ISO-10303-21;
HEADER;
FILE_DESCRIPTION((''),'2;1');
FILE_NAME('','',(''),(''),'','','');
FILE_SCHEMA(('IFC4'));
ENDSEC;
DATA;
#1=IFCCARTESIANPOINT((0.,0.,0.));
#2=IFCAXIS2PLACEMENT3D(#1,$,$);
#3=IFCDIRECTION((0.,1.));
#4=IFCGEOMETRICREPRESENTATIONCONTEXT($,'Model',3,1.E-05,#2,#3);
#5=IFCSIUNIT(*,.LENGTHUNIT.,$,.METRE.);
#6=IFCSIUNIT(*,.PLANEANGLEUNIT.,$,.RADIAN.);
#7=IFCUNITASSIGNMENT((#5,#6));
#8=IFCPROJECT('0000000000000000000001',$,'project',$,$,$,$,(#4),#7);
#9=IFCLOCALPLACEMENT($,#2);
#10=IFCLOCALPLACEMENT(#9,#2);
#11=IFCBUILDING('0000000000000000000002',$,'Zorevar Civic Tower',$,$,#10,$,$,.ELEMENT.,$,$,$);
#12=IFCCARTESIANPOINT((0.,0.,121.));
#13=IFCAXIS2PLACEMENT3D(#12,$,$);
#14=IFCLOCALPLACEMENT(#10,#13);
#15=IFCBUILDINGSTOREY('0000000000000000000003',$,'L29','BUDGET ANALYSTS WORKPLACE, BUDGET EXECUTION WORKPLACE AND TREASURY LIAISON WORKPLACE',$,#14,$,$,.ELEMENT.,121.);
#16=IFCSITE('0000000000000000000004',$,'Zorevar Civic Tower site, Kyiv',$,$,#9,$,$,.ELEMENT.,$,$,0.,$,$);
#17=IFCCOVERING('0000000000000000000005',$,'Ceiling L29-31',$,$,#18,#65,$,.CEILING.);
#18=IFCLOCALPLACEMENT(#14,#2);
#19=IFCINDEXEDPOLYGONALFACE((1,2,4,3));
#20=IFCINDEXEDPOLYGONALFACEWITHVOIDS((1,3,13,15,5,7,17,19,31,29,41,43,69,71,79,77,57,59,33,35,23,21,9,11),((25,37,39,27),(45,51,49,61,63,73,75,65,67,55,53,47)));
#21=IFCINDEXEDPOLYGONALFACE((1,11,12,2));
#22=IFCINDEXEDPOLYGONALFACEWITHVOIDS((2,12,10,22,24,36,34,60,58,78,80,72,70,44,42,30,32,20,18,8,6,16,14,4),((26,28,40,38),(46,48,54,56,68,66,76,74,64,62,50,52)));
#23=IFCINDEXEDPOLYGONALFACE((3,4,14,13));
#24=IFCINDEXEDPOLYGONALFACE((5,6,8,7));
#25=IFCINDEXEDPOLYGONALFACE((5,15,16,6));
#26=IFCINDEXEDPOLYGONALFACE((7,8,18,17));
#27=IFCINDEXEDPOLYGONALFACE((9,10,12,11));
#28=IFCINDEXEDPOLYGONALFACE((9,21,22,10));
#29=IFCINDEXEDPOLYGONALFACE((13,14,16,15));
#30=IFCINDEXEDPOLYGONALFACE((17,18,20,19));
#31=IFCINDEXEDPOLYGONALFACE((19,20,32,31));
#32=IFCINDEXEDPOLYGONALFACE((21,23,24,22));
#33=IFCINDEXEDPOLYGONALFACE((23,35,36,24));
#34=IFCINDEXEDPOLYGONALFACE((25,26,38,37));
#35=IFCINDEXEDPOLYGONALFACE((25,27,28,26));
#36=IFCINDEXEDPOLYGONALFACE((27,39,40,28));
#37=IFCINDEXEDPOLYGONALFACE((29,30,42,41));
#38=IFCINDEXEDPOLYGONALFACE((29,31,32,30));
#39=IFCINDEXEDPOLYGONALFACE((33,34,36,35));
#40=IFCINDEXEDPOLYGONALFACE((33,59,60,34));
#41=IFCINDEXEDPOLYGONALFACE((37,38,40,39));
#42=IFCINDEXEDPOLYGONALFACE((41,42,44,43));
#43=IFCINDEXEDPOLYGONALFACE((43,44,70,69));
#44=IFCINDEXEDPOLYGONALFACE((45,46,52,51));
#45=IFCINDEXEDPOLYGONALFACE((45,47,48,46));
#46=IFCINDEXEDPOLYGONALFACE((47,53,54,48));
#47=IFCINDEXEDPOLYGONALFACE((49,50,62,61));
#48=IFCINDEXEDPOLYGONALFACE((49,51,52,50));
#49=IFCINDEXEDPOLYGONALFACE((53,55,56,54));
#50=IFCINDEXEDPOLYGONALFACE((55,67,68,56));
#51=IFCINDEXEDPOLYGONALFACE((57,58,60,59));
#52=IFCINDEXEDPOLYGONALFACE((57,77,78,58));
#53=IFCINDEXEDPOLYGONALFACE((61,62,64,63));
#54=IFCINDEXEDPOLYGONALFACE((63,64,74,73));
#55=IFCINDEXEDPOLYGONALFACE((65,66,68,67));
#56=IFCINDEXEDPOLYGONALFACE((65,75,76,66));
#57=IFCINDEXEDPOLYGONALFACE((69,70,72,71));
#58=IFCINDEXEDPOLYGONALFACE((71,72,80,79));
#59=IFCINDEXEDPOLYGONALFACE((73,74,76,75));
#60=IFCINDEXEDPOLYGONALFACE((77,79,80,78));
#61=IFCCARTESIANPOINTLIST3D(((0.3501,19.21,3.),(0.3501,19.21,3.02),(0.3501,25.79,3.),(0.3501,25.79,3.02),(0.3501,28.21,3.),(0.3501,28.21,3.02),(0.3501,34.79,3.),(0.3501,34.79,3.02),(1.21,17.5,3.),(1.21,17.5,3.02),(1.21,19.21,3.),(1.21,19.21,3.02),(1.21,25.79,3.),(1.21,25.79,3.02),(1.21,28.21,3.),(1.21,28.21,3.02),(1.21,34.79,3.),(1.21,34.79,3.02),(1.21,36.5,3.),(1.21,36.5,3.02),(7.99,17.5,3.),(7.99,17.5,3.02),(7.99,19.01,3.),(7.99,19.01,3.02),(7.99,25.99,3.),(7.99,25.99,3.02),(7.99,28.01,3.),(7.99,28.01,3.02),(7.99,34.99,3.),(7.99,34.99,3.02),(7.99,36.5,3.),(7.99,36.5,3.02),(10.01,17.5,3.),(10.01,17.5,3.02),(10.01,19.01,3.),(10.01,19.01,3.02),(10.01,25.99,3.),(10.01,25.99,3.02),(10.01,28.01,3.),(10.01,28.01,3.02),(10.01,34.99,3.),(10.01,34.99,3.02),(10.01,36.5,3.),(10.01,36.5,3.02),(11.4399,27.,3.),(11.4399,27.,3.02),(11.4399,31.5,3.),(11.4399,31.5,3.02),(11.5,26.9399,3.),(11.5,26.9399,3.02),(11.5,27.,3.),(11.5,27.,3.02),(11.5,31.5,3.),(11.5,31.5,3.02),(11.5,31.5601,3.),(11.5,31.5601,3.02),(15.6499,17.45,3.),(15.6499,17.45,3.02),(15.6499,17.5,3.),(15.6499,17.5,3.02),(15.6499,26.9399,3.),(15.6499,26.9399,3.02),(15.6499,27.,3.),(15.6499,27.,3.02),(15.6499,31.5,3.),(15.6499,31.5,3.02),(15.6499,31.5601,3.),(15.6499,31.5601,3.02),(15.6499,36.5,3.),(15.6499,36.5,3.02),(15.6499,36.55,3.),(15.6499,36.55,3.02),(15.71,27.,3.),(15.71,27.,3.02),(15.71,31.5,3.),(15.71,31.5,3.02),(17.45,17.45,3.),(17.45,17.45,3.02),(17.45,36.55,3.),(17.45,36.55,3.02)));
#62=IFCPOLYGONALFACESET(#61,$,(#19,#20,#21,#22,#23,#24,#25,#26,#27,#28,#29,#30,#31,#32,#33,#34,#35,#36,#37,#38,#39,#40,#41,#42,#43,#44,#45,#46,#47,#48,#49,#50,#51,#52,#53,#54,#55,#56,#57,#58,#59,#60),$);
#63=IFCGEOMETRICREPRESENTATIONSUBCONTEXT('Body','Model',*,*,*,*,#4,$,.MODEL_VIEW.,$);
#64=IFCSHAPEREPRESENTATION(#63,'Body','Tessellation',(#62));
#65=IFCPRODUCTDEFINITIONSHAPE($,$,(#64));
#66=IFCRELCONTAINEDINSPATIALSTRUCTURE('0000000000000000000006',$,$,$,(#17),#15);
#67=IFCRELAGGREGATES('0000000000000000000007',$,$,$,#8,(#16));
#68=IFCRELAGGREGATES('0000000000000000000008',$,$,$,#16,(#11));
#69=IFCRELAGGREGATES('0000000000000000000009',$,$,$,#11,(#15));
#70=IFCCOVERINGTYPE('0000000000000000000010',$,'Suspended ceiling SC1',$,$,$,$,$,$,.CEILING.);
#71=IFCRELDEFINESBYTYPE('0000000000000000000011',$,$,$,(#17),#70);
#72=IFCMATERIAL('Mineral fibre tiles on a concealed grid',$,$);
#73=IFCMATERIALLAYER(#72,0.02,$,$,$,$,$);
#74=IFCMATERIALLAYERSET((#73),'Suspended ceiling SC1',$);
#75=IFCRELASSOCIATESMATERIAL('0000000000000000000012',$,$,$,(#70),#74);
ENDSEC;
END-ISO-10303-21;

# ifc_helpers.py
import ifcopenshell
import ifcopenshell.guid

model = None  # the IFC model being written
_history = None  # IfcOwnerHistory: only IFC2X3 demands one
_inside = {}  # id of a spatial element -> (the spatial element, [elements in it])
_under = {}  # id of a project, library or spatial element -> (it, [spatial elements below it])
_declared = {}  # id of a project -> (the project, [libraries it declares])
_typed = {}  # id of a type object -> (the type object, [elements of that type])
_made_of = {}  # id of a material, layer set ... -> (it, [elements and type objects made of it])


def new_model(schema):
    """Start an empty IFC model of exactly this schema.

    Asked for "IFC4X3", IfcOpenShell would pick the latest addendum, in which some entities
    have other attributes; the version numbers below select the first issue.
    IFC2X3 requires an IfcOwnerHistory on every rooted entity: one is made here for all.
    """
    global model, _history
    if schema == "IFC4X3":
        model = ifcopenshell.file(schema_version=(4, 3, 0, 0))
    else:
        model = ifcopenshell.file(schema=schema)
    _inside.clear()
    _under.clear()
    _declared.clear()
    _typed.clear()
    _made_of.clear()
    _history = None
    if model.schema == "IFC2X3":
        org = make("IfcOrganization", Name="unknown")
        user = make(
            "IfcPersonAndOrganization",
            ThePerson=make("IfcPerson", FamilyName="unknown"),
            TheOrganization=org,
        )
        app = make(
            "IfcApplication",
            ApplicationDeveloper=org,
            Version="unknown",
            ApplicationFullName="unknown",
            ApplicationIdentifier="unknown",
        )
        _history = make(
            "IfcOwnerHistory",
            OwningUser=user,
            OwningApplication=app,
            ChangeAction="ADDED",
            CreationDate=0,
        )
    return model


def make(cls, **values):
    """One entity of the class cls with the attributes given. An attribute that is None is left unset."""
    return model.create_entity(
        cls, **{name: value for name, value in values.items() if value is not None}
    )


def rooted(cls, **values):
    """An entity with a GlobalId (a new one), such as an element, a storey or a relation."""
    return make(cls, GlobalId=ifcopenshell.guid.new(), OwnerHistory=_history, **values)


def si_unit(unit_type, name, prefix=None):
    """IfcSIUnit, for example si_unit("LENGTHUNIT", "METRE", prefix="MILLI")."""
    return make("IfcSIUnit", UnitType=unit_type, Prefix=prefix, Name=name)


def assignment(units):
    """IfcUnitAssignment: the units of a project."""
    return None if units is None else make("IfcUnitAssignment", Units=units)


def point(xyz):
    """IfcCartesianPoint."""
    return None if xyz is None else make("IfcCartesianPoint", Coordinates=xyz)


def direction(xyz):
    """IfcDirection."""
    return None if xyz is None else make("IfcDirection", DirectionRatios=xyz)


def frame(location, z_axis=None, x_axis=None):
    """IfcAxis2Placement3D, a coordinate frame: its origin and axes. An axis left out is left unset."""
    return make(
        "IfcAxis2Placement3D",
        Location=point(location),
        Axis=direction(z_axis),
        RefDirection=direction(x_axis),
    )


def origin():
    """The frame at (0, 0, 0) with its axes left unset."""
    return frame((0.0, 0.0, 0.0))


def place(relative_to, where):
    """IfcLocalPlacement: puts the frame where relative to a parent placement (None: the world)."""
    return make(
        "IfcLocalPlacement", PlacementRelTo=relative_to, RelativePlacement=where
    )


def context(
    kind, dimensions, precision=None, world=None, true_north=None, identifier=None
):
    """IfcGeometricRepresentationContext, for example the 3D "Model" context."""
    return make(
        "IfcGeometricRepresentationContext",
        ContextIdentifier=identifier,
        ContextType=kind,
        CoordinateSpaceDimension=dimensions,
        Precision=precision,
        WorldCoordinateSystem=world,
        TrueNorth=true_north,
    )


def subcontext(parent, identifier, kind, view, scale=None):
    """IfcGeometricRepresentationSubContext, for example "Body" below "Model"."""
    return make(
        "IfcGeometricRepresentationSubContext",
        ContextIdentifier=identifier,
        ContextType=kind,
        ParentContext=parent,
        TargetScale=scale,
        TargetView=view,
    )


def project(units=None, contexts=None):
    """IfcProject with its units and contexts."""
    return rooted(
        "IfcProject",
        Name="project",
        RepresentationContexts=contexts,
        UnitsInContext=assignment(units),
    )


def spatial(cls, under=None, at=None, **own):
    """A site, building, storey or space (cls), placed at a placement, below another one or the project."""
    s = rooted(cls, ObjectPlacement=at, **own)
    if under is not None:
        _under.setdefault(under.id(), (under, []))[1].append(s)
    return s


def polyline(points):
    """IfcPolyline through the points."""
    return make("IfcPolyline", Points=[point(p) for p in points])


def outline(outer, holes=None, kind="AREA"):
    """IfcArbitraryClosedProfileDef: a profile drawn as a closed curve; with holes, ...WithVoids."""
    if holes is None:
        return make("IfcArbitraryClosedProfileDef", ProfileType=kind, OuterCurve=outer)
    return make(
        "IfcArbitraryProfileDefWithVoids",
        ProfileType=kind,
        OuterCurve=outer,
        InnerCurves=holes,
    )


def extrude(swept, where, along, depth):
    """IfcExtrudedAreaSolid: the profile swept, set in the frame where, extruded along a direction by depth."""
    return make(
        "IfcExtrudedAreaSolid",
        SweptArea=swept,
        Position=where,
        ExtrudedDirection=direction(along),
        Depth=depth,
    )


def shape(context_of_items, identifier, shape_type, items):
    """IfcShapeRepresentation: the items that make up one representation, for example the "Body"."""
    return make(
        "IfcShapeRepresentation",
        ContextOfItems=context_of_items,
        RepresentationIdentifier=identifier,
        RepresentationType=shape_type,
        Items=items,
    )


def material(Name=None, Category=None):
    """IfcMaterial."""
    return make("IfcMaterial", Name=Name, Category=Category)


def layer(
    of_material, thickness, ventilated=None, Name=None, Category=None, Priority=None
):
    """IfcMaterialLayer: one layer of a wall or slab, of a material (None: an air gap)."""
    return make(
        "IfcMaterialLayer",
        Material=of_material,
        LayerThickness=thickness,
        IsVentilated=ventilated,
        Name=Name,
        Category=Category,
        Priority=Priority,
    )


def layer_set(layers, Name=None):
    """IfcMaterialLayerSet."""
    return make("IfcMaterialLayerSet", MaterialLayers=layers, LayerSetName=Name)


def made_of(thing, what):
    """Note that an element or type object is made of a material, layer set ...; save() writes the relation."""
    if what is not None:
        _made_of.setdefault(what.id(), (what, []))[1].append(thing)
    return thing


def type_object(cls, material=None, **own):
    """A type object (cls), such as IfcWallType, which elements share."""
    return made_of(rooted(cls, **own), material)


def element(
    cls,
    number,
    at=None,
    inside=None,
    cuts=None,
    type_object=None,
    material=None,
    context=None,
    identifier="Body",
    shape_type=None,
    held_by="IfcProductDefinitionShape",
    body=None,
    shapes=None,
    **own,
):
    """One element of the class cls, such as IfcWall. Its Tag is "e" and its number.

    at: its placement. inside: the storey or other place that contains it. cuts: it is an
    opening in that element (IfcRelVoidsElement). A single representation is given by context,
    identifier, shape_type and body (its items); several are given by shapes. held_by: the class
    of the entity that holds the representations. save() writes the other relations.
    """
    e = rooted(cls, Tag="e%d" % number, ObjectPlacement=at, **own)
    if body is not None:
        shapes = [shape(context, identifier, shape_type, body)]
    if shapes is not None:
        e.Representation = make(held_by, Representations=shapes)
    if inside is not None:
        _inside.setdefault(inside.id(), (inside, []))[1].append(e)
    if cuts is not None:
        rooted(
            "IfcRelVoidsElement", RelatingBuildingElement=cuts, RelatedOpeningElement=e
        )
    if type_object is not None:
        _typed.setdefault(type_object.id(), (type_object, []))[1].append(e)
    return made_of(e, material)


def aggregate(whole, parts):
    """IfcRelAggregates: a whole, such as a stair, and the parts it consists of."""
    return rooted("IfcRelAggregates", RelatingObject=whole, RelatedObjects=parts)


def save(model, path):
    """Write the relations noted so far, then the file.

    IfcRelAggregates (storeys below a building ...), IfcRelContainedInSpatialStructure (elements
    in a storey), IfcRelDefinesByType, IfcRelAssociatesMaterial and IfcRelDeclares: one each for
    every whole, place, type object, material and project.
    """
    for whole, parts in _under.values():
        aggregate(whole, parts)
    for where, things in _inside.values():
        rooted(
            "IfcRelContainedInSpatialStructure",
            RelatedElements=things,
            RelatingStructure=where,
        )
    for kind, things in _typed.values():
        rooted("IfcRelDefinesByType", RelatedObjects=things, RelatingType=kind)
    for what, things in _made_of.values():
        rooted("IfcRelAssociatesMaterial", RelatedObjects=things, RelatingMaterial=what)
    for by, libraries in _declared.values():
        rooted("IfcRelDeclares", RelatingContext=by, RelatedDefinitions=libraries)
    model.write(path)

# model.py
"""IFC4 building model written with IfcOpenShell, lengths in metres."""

from ifc_helpers import new_model, si_unit, direction, frame, origin, place, context, subcontext, project, spatial, polyline, outline, extrude, material, layer, layer_set, type_object, element, save


model = new_model("IFC4")

# Units and contexts
model_context = context("Model", 3, precision=1e-05, world=origin(), true_north=direction((0.0, 1.0)))
body_context = subcontext(model_context, "Body", "Model", "MODEL_VIEW")
ifc_project = project(units=[si_unit("LENGTHUNIT", "METRE"), si_unit("PLANEANGLEUNIT", "RADIAN")], contexts=[model_context])

# Site, building, storey
site_placement = place(None, origin())
site = spatial("IfcSite", under=ifc_project, at=site_placement, Name="Zorevar Civic Tower site, Kyiv", CompositionType="ELEMENT", RefElevation=0.0)
building_placement = place(site_placement, origin())
building = spatial("IfcBuilding", under=site, at=building_placement, Name="Zorevar Civic Tower", CompositionType="ELEMENT")
storey_placement = place(building_placement, frame((0.0, 0.0, 121.0)))
storey = spatial("IfcBuildingStorey", under=building, at=storey_placement, Name="L29", Description="BUDGET ANALYSTS WORKPLACE, BUDGET EXECUTION WORKPLACE AND TREASURY LIAISON WORKPLACE", CompositionType="ELEMENT", Elevation=121.0)

# Covering
ifc_material_1 = material(Name="Mineral fibre tiles on a concealed grid")
ifc_layer_1 = layer(ifc_material_1, 0.02)
ifc_layer_set_1 = layer_set([ifc_layer_1], Name="Suspended ceiling SC1")
covering_type_1 = type_object("IfcCoveringType", Name="Suspended ceiling SC1", PredefinedType="CEILING", material=ifc_layer_set_1)
covering_1_placement = place(storey_placement, frame((0.0, 0.0, 3.0)))
element("IfcCovering", 1, at=covering_1_placement, inside=storey, type_object=covering_type_1, Name="Ceiling L29-31", PredefinedType="CEILING", context=body_context, shape_type="SweptSolid", body=[
    extrude(outline(polyline([(15.6499, 36.5), (15.6499, 36.55), (17.45, 36.55), (17.45, 17.45), (15.6499, 17.45), (15.6499, 17.5), (10.01, 17.5), (10.01, 19.01), (7.99, 19.01), (7.99, 17.5), (1.21, 17.5), (1.21, 19.21), (0.3501, 19.21), (0.3501, 25.79), (1.21, 25.79), (1.21, 28.21), (0.3501, 28.21), (0.3501, 34.79), (1.21, 34.79), (1.21, 36.5), (7.99, 36.5), (7.99, 34.99), (10.01, 34.99), (10.01, 36.5), (15.6499, 36.5)]), holes=[polyline([(15.6499, 27.0), (15.71, 27.0), (15.71, 31.5), (15.6499, 31.5), (15.6499, 31.5601), (11.5, 31.5601), (11.5, 31.5), (11.4399, 31.5), (11.4399, 27.0), (11.5, 27.0), (11.5, 26.9399), (15.6499, 26.9399), (15.6499, 27.0)]), polyline([(7.99, 28.01), (7.99, 25.99), (10.01, 25.99), (10.01, 28.01), (7.99, 28.01)])]), origin(), (0.0, 0.0, 1.0), 0.02),
])

save(model, "model.ifc")
